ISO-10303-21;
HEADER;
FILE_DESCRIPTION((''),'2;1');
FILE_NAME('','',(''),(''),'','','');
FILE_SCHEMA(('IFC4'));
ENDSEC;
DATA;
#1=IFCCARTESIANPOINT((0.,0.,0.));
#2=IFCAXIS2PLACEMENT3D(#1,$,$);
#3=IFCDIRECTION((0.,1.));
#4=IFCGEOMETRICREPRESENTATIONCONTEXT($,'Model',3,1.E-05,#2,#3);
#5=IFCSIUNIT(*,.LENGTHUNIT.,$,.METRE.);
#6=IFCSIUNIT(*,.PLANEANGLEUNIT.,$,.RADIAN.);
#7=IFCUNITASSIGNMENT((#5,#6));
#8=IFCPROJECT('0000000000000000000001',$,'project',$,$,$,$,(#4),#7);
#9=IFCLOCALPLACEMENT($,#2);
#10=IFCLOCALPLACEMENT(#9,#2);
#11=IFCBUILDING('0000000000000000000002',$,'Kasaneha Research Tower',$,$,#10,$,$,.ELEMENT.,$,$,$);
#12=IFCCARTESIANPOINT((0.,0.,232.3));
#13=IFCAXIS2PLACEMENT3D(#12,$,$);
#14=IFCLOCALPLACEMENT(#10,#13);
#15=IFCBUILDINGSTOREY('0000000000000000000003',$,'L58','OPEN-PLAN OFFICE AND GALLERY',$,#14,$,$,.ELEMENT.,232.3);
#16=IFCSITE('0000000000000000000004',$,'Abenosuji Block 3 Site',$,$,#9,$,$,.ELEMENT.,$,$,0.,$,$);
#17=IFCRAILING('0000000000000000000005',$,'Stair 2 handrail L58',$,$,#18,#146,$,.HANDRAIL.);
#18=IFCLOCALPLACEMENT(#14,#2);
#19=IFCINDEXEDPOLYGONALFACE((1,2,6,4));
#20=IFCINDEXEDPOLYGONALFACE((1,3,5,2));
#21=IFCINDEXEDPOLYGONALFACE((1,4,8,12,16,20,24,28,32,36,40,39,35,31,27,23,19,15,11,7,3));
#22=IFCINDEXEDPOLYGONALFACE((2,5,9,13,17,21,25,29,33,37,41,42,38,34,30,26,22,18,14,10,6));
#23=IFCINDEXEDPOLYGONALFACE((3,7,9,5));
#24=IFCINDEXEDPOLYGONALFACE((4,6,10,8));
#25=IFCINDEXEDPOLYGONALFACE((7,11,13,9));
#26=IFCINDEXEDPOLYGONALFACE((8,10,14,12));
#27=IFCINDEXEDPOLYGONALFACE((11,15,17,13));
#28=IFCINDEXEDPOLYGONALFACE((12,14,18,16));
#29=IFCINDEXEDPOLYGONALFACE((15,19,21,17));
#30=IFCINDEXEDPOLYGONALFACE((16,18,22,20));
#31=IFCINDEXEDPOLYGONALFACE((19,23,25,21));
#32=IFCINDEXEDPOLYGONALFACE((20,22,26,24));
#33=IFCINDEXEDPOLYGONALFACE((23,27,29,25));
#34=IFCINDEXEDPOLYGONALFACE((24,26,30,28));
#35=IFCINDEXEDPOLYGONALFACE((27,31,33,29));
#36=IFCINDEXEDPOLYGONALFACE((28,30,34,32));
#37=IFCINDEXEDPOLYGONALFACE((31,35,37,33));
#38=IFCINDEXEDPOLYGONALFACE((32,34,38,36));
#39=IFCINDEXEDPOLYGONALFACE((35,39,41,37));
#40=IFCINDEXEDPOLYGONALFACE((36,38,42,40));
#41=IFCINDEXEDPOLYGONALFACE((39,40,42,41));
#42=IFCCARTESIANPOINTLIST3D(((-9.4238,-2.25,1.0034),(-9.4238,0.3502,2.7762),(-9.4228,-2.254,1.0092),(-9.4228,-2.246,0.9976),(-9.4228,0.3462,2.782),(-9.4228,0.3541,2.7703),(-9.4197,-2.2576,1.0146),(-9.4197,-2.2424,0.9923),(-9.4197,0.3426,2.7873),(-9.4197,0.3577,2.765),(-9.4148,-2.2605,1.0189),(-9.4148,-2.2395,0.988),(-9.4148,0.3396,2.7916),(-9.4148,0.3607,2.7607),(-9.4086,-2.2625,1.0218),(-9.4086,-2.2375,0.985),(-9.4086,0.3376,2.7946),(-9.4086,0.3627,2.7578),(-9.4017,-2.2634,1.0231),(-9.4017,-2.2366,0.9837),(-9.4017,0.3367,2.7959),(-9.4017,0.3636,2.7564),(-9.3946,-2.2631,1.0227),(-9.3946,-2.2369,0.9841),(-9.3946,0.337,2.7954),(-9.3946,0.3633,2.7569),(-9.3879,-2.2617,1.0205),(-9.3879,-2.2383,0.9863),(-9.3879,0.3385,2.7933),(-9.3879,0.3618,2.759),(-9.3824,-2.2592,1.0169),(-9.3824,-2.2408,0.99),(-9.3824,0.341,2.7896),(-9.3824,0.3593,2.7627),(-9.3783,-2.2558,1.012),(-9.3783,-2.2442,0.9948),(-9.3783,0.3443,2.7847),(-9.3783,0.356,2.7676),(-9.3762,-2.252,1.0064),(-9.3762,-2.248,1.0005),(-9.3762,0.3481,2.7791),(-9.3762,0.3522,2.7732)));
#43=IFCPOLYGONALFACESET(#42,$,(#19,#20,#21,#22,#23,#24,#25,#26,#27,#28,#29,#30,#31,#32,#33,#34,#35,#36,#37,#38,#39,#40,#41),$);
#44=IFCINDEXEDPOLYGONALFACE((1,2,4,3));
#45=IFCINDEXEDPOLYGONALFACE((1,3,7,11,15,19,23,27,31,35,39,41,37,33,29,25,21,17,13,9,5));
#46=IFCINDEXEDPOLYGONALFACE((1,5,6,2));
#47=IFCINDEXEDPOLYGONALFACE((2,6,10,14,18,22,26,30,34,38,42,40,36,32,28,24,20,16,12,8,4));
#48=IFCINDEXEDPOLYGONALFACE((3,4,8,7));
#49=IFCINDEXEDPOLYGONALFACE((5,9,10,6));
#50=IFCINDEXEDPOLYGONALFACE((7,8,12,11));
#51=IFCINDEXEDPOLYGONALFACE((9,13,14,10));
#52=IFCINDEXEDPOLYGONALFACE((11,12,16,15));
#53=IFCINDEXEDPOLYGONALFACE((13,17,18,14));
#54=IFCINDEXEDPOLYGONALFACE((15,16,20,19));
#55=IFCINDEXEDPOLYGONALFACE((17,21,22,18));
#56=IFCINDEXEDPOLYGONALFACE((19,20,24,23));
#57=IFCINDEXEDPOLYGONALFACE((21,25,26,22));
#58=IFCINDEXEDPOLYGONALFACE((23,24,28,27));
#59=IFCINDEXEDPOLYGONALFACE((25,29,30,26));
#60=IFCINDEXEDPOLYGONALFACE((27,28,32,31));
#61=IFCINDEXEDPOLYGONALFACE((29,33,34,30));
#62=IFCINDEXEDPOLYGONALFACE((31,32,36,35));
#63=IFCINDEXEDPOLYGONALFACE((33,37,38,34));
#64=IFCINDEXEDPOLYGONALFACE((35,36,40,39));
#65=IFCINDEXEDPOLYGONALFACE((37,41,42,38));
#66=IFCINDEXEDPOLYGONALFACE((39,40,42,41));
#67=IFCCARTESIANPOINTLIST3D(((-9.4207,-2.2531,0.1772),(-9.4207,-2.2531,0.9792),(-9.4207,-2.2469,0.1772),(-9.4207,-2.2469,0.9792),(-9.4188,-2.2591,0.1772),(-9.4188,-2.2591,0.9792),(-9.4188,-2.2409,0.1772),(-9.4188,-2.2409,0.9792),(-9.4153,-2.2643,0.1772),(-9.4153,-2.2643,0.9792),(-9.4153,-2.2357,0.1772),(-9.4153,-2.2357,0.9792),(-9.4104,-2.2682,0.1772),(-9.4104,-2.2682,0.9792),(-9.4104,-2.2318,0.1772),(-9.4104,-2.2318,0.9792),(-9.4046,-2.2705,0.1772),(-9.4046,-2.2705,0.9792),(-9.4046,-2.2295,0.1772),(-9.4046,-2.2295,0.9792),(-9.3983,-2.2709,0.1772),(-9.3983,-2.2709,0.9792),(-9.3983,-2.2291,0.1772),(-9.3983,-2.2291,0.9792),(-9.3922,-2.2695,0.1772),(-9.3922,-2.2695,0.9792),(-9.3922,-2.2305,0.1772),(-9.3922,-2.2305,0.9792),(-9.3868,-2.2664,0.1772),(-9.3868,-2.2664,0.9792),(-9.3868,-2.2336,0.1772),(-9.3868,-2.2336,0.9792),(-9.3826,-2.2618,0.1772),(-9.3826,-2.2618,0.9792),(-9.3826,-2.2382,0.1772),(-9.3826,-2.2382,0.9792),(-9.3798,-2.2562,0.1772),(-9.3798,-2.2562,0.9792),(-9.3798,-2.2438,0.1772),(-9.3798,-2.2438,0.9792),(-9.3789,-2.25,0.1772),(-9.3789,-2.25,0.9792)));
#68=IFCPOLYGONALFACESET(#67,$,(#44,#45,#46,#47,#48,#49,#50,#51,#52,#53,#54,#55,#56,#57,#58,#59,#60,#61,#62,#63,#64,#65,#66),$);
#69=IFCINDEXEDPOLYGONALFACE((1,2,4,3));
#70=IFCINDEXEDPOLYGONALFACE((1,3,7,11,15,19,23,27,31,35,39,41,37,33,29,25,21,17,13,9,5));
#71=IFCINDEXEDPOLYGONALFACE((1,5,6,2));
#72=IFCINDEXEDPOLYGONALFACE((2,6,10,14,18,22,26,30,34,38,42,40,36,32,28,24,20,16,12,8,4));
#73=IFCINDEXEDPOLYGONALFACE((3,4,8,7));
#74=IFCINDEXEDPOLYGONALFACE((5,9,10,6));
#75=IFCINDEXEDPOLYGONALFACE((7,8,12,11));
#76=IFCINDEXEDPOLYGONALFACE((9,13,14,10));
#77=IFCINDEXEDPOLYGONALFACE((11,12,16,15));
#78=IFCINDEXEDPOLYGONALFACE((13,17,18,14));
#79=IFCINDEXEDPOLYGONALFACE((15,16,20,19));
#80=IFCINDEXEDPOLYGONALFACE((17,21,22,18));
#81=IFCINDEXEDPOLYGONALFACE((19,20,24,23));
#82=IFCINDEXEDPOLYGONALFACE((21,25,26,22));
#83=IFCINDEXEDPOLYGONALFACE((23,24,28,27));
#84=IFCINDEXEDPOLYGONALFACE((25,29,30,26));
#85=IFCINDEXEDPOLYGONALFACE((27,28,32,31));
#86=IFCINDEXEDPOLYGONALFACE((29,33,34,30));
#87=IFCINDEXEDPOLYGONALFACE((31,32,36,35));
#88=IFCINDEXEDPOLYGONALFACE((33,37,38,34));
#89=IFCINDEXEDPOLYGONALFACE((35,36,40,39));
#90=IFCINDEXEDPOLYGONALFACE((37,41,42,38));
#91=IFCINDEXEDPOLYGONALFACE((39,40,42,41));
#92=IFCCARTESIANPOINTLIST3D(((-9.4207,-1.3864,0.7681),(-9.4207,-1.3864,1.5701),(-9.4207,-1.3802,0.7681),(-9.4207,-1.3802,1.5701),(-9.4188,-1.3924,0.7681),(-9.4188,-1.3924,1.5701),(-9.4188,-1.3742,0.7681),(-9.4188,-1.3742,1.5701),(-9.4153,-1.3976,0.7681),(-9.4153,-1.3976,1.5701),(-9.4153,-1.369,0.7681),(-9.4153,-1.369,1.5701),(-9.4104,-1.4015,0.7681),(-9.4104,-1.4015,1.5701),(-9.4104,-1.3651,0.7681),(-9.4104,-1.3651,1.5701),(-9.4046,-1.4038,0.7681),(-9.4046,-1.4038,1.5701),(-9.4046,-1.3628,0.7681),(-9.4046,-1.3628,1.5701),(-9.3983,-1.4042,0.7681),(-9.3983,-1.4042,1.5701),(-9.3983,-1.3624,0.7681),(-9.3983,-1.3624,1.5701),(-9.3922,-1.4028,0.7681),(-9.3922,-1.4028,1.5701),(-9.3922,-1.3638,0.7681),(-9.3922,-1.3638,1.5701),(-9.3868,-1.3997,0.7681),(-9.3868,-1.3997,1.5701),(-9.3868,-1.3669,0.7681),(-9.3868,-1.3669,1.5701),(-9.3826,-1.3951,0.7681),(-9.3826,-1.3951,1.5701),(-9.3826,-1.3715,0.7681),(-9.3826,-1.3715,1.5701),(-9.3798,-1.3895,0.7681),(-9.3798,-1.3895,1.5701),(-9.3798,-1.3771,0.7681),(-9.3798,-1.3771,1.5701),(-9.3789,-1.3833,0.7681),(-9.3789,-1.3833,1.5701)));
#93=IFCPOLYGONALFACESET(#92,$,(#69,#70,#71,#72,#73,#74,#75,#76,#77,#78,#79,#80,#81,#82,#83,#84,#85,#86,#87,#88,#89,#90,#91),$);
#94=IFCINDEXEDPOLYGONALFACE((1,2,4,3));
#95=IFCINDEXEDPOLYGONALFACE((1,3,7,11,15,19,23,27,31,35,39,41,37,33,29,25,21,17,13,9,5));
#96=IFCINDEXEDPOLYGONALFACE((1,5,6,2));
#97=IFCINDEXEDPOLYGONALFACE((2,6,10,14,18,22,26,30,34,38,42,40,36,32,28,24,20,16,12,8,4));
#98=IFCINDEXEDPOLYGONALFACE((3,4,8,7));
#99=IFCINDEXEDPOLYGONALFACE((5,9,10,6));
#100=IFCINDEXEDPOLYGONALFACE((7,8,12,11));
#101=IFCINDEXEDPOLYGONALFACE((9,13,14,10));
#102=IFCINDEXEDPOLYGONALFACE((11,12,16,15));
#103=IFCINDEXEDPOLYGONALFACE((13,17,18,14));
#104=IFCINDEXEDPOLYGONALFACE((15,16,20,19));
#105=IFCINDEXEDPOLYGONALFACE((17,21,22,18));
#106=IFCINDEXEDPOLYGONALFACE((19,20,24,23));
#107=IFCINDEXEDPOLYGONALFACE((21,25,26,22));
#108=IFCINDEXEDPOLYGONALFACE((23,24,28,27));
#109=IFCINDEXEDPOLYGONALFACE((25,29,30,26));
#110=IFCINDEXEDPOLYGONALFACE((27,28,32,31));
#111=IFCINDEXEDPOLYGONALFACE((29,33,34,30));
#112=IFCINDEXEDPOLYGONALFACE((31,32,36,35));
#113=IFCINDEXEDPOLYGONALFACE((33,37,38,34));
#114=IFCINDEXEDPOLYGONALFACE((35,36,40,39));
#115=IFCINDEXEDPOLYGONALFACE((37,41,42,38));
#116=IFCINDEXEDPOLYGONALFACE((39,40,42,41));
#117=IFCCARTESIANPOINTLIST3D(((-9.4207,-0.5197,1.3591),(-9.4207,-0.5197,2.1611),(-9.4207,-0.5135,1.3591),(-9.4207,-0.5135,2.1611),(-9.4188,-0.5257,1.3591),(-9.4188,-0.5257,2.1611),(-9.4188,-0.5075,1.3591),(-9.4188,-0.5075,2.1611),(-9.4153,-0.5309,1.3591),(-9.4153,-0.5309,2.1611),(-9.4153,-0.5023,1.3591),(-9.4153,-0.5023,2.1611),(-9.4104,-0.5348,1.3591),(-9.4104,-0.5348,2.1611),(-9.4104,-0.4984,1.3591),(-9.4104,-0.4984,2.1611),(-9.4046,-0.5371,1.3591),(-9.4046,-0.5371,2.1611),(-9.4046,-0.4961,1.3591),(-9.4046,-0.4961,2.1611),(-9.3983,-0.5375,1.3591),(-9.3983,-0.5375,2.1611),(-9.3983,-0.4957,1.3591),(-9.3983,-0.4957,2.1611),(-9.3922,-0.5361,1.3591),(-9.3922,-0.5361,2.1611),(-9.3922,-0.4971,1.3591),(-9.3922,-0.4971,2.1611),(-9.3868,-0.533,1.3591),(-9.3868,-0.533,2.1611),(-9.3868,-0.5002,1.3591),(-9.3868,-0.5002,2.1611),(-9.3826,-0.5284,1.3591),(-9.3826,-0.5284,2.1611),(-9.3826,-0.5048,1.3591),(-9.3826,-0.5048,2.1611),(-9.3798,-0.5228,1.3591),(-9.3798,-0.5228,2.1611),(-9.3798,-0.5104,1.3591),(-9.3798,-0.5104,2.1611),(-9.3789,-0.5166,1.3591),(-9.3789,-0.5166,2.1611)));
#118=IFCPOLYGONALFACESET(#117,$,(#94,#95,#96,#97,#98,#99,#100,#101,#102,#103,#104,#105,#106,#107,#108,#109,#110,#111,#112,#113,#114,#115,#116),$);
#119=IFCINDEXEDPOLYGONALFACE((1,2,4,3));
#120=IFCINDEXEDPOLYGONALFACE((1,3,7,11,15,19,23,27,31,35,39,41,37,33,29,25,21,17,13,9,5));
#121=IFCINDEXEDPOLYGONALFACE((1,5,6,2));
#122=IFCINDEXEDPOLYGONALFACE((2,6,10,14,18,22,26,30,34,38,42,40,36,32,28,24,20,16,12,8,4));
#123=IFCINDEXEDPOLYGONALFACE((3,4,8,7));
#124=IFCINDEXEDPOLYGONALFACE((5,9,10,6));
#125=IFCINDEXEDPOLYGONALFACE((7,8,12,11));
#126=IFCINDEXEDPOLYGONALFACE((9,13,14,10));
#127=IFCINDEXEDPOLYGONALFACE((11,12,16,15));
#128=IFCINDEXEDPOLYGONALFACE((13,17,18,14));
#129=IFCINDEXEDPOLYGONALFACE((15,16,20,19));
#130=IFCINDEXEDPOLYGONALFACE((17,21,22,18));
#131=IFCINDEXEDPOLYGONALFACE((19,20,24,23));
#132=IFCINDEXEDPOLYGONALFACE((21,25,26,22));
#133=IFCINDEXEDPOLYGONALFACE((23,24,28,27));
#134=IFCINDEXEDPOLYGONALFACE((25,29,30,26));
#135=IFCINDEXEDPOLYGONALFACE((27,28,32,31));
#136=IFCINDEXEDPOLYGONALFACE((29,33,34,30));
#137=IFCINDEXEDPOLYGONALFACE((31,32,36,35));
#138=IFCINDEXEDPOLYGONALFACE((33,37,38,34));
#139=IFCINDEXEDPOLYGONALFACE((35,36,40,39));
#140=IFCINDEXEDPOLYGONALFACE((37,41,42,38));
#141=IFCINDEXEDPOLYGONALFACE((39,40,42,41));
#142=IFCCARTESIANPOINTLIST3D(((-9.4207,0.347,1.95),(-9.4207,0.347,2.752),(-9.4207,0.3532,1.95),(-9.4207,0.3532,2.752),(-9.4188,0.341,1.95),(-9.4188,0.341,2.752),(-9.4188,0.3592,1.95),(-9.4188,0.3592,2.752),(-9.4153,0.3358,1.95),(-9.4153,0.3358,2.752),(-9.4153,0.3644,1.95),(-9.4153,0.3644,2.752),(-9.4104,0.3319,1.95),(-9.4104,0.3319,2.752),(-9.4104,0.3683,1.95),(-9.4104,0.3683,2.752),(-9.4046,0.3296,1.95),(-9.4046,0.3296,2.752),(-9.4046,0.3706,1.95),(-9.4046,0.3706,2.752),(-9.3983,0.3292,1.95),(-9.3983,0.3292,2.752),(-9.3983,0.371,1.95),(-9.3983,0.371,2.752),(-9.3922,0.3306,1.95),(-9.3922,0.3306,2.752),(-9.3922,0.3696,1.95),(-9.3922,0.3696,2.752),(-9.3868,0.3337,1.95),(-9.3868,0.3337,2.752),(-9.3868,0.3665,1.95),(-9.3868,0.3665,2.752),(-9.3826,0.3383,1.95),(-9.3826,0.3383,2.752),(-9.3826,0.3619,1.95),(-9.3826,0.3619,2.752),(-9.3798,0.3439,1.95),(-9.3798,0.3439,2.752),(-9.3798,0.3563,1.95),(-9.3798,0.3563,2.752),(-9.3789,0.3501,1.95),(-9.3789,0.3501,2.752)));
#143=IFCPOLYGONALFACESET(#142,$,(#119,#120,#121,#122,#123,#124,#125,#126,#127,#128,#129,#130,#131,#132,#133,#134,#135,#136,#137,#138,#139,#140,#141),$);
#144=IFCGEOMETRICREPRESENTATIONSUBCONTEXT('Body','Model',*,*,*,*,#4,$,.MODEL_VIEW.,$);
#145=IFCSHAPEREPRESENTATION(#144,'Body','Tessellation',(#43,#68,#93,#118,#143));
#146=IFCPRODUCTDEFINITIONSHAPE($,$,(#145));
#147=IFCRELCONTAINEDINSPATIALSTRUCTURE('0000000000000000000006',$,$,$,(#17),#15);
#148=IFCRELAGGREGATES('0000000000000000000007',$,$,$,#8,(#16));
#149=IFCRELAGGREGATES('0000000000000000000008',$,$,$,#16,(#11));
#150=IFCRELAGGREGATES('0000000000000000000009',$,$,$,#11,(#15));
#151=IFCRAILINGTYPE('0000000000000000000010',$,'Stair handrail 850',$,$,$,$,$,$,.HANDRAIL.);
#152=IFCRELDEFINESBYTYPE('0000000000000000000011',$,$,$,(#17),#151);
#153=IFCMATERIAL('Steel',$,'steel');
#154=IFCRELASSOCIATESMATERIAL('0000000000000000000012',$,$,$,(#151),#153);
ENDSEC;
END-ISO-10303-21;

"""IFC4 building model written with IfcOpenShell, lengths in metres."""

from ifc_helpers import new_model, si_unit, direction, frame, origin, origin_2d, place, context, subcontext, project, spatial, circle, extrude, material, type_object, element, save


model = new_model("IFC4")

# Units and contexts
model_context = context("Model", 3, precision=1e-05, world=origin(), true_north=direction((0.0, 1.0)))
body_context = subcontext(model_context, "Body", "Model", "MODEL_VIEW")
ifc_project = project(units=[si_unit("LENGTHUNIT", "METRE"), si_unit("PLANEANGLEUNIT", "RADIAN")], contexts=[model_context])

# Site, building, storey
site_placement = place(None, origin())
site = spatial("IfcSite", under=ifc_project, at=site_placement, Name="Abenosuji Block 3 Site", CompositionType="ELEMENT", RefElevation=0.0)
building_placement = place(site_placement, origin())
building = spatial("IfcBuilding", under=site, at=building_placement, Name="Kasaneha Research Tower", CompositionType="ELEMENT")
storey_placement = place(building_placement, frame((0.0, 0.0, 232.3)))
storey = spatial("IfcBuildingStorey", under=building, at=storey_placement, Name="L58", Description="OPEN-PLAN OFFICE AND GALLERY", CompositionType="ELEMENT", Elevation=232.3)

# Railing
ifc_material_1 = material(Name="Steel", Category="steel")
railing_type = type_object("IfcRailingType", Name="Stair handrail 850", PredefinedType="HANDRAIL", material=ifc_material_1)
railing_placement = place(storey_placement, frame((-9.3999, -2.25, 0.1772)))
element("IfcRailing", 1, at=railing_placement, inside=storey, type_object=railing_type, Name="Stair 2 handrail L58", PredefinedType="HANDRAIL", context=body_context, shape_type="SweptSolid", body=[
    extrude(circle(Radius=0.0239, at=origin_2d()), frame((0.0, 0.0, 0.8262), z_axis=(0.0, 0.82624, 0.563318), x_axis=(-1.0, 0.0, 0.0)), (0.0, 0.0, 1.0), 3.147),
    extrude(circle(Radius=0.021, at=origin_2d()), origin(), (0.0, 0.0, 1.0), 0.802),
    extrude(circle(Radius=0.021, at=origin_2d()), frame((0.0, 0.8667, 0.5908)), (0.0, 0.0, 1.0), 0.802),
    extrude(circle(Radius=0.021, at=origin_2d()), frame((0.0, 1.7334, 1.1819)), (0.0, 0.0, 1.0), 0.802),
    extrude(circle(Radius=0.021, at=origin_2d()), frame((0.0, 2.6001, 1.7727)), (0.0, 0.0, 1.0), 0.802),
])

save(model, "model.ifc")
